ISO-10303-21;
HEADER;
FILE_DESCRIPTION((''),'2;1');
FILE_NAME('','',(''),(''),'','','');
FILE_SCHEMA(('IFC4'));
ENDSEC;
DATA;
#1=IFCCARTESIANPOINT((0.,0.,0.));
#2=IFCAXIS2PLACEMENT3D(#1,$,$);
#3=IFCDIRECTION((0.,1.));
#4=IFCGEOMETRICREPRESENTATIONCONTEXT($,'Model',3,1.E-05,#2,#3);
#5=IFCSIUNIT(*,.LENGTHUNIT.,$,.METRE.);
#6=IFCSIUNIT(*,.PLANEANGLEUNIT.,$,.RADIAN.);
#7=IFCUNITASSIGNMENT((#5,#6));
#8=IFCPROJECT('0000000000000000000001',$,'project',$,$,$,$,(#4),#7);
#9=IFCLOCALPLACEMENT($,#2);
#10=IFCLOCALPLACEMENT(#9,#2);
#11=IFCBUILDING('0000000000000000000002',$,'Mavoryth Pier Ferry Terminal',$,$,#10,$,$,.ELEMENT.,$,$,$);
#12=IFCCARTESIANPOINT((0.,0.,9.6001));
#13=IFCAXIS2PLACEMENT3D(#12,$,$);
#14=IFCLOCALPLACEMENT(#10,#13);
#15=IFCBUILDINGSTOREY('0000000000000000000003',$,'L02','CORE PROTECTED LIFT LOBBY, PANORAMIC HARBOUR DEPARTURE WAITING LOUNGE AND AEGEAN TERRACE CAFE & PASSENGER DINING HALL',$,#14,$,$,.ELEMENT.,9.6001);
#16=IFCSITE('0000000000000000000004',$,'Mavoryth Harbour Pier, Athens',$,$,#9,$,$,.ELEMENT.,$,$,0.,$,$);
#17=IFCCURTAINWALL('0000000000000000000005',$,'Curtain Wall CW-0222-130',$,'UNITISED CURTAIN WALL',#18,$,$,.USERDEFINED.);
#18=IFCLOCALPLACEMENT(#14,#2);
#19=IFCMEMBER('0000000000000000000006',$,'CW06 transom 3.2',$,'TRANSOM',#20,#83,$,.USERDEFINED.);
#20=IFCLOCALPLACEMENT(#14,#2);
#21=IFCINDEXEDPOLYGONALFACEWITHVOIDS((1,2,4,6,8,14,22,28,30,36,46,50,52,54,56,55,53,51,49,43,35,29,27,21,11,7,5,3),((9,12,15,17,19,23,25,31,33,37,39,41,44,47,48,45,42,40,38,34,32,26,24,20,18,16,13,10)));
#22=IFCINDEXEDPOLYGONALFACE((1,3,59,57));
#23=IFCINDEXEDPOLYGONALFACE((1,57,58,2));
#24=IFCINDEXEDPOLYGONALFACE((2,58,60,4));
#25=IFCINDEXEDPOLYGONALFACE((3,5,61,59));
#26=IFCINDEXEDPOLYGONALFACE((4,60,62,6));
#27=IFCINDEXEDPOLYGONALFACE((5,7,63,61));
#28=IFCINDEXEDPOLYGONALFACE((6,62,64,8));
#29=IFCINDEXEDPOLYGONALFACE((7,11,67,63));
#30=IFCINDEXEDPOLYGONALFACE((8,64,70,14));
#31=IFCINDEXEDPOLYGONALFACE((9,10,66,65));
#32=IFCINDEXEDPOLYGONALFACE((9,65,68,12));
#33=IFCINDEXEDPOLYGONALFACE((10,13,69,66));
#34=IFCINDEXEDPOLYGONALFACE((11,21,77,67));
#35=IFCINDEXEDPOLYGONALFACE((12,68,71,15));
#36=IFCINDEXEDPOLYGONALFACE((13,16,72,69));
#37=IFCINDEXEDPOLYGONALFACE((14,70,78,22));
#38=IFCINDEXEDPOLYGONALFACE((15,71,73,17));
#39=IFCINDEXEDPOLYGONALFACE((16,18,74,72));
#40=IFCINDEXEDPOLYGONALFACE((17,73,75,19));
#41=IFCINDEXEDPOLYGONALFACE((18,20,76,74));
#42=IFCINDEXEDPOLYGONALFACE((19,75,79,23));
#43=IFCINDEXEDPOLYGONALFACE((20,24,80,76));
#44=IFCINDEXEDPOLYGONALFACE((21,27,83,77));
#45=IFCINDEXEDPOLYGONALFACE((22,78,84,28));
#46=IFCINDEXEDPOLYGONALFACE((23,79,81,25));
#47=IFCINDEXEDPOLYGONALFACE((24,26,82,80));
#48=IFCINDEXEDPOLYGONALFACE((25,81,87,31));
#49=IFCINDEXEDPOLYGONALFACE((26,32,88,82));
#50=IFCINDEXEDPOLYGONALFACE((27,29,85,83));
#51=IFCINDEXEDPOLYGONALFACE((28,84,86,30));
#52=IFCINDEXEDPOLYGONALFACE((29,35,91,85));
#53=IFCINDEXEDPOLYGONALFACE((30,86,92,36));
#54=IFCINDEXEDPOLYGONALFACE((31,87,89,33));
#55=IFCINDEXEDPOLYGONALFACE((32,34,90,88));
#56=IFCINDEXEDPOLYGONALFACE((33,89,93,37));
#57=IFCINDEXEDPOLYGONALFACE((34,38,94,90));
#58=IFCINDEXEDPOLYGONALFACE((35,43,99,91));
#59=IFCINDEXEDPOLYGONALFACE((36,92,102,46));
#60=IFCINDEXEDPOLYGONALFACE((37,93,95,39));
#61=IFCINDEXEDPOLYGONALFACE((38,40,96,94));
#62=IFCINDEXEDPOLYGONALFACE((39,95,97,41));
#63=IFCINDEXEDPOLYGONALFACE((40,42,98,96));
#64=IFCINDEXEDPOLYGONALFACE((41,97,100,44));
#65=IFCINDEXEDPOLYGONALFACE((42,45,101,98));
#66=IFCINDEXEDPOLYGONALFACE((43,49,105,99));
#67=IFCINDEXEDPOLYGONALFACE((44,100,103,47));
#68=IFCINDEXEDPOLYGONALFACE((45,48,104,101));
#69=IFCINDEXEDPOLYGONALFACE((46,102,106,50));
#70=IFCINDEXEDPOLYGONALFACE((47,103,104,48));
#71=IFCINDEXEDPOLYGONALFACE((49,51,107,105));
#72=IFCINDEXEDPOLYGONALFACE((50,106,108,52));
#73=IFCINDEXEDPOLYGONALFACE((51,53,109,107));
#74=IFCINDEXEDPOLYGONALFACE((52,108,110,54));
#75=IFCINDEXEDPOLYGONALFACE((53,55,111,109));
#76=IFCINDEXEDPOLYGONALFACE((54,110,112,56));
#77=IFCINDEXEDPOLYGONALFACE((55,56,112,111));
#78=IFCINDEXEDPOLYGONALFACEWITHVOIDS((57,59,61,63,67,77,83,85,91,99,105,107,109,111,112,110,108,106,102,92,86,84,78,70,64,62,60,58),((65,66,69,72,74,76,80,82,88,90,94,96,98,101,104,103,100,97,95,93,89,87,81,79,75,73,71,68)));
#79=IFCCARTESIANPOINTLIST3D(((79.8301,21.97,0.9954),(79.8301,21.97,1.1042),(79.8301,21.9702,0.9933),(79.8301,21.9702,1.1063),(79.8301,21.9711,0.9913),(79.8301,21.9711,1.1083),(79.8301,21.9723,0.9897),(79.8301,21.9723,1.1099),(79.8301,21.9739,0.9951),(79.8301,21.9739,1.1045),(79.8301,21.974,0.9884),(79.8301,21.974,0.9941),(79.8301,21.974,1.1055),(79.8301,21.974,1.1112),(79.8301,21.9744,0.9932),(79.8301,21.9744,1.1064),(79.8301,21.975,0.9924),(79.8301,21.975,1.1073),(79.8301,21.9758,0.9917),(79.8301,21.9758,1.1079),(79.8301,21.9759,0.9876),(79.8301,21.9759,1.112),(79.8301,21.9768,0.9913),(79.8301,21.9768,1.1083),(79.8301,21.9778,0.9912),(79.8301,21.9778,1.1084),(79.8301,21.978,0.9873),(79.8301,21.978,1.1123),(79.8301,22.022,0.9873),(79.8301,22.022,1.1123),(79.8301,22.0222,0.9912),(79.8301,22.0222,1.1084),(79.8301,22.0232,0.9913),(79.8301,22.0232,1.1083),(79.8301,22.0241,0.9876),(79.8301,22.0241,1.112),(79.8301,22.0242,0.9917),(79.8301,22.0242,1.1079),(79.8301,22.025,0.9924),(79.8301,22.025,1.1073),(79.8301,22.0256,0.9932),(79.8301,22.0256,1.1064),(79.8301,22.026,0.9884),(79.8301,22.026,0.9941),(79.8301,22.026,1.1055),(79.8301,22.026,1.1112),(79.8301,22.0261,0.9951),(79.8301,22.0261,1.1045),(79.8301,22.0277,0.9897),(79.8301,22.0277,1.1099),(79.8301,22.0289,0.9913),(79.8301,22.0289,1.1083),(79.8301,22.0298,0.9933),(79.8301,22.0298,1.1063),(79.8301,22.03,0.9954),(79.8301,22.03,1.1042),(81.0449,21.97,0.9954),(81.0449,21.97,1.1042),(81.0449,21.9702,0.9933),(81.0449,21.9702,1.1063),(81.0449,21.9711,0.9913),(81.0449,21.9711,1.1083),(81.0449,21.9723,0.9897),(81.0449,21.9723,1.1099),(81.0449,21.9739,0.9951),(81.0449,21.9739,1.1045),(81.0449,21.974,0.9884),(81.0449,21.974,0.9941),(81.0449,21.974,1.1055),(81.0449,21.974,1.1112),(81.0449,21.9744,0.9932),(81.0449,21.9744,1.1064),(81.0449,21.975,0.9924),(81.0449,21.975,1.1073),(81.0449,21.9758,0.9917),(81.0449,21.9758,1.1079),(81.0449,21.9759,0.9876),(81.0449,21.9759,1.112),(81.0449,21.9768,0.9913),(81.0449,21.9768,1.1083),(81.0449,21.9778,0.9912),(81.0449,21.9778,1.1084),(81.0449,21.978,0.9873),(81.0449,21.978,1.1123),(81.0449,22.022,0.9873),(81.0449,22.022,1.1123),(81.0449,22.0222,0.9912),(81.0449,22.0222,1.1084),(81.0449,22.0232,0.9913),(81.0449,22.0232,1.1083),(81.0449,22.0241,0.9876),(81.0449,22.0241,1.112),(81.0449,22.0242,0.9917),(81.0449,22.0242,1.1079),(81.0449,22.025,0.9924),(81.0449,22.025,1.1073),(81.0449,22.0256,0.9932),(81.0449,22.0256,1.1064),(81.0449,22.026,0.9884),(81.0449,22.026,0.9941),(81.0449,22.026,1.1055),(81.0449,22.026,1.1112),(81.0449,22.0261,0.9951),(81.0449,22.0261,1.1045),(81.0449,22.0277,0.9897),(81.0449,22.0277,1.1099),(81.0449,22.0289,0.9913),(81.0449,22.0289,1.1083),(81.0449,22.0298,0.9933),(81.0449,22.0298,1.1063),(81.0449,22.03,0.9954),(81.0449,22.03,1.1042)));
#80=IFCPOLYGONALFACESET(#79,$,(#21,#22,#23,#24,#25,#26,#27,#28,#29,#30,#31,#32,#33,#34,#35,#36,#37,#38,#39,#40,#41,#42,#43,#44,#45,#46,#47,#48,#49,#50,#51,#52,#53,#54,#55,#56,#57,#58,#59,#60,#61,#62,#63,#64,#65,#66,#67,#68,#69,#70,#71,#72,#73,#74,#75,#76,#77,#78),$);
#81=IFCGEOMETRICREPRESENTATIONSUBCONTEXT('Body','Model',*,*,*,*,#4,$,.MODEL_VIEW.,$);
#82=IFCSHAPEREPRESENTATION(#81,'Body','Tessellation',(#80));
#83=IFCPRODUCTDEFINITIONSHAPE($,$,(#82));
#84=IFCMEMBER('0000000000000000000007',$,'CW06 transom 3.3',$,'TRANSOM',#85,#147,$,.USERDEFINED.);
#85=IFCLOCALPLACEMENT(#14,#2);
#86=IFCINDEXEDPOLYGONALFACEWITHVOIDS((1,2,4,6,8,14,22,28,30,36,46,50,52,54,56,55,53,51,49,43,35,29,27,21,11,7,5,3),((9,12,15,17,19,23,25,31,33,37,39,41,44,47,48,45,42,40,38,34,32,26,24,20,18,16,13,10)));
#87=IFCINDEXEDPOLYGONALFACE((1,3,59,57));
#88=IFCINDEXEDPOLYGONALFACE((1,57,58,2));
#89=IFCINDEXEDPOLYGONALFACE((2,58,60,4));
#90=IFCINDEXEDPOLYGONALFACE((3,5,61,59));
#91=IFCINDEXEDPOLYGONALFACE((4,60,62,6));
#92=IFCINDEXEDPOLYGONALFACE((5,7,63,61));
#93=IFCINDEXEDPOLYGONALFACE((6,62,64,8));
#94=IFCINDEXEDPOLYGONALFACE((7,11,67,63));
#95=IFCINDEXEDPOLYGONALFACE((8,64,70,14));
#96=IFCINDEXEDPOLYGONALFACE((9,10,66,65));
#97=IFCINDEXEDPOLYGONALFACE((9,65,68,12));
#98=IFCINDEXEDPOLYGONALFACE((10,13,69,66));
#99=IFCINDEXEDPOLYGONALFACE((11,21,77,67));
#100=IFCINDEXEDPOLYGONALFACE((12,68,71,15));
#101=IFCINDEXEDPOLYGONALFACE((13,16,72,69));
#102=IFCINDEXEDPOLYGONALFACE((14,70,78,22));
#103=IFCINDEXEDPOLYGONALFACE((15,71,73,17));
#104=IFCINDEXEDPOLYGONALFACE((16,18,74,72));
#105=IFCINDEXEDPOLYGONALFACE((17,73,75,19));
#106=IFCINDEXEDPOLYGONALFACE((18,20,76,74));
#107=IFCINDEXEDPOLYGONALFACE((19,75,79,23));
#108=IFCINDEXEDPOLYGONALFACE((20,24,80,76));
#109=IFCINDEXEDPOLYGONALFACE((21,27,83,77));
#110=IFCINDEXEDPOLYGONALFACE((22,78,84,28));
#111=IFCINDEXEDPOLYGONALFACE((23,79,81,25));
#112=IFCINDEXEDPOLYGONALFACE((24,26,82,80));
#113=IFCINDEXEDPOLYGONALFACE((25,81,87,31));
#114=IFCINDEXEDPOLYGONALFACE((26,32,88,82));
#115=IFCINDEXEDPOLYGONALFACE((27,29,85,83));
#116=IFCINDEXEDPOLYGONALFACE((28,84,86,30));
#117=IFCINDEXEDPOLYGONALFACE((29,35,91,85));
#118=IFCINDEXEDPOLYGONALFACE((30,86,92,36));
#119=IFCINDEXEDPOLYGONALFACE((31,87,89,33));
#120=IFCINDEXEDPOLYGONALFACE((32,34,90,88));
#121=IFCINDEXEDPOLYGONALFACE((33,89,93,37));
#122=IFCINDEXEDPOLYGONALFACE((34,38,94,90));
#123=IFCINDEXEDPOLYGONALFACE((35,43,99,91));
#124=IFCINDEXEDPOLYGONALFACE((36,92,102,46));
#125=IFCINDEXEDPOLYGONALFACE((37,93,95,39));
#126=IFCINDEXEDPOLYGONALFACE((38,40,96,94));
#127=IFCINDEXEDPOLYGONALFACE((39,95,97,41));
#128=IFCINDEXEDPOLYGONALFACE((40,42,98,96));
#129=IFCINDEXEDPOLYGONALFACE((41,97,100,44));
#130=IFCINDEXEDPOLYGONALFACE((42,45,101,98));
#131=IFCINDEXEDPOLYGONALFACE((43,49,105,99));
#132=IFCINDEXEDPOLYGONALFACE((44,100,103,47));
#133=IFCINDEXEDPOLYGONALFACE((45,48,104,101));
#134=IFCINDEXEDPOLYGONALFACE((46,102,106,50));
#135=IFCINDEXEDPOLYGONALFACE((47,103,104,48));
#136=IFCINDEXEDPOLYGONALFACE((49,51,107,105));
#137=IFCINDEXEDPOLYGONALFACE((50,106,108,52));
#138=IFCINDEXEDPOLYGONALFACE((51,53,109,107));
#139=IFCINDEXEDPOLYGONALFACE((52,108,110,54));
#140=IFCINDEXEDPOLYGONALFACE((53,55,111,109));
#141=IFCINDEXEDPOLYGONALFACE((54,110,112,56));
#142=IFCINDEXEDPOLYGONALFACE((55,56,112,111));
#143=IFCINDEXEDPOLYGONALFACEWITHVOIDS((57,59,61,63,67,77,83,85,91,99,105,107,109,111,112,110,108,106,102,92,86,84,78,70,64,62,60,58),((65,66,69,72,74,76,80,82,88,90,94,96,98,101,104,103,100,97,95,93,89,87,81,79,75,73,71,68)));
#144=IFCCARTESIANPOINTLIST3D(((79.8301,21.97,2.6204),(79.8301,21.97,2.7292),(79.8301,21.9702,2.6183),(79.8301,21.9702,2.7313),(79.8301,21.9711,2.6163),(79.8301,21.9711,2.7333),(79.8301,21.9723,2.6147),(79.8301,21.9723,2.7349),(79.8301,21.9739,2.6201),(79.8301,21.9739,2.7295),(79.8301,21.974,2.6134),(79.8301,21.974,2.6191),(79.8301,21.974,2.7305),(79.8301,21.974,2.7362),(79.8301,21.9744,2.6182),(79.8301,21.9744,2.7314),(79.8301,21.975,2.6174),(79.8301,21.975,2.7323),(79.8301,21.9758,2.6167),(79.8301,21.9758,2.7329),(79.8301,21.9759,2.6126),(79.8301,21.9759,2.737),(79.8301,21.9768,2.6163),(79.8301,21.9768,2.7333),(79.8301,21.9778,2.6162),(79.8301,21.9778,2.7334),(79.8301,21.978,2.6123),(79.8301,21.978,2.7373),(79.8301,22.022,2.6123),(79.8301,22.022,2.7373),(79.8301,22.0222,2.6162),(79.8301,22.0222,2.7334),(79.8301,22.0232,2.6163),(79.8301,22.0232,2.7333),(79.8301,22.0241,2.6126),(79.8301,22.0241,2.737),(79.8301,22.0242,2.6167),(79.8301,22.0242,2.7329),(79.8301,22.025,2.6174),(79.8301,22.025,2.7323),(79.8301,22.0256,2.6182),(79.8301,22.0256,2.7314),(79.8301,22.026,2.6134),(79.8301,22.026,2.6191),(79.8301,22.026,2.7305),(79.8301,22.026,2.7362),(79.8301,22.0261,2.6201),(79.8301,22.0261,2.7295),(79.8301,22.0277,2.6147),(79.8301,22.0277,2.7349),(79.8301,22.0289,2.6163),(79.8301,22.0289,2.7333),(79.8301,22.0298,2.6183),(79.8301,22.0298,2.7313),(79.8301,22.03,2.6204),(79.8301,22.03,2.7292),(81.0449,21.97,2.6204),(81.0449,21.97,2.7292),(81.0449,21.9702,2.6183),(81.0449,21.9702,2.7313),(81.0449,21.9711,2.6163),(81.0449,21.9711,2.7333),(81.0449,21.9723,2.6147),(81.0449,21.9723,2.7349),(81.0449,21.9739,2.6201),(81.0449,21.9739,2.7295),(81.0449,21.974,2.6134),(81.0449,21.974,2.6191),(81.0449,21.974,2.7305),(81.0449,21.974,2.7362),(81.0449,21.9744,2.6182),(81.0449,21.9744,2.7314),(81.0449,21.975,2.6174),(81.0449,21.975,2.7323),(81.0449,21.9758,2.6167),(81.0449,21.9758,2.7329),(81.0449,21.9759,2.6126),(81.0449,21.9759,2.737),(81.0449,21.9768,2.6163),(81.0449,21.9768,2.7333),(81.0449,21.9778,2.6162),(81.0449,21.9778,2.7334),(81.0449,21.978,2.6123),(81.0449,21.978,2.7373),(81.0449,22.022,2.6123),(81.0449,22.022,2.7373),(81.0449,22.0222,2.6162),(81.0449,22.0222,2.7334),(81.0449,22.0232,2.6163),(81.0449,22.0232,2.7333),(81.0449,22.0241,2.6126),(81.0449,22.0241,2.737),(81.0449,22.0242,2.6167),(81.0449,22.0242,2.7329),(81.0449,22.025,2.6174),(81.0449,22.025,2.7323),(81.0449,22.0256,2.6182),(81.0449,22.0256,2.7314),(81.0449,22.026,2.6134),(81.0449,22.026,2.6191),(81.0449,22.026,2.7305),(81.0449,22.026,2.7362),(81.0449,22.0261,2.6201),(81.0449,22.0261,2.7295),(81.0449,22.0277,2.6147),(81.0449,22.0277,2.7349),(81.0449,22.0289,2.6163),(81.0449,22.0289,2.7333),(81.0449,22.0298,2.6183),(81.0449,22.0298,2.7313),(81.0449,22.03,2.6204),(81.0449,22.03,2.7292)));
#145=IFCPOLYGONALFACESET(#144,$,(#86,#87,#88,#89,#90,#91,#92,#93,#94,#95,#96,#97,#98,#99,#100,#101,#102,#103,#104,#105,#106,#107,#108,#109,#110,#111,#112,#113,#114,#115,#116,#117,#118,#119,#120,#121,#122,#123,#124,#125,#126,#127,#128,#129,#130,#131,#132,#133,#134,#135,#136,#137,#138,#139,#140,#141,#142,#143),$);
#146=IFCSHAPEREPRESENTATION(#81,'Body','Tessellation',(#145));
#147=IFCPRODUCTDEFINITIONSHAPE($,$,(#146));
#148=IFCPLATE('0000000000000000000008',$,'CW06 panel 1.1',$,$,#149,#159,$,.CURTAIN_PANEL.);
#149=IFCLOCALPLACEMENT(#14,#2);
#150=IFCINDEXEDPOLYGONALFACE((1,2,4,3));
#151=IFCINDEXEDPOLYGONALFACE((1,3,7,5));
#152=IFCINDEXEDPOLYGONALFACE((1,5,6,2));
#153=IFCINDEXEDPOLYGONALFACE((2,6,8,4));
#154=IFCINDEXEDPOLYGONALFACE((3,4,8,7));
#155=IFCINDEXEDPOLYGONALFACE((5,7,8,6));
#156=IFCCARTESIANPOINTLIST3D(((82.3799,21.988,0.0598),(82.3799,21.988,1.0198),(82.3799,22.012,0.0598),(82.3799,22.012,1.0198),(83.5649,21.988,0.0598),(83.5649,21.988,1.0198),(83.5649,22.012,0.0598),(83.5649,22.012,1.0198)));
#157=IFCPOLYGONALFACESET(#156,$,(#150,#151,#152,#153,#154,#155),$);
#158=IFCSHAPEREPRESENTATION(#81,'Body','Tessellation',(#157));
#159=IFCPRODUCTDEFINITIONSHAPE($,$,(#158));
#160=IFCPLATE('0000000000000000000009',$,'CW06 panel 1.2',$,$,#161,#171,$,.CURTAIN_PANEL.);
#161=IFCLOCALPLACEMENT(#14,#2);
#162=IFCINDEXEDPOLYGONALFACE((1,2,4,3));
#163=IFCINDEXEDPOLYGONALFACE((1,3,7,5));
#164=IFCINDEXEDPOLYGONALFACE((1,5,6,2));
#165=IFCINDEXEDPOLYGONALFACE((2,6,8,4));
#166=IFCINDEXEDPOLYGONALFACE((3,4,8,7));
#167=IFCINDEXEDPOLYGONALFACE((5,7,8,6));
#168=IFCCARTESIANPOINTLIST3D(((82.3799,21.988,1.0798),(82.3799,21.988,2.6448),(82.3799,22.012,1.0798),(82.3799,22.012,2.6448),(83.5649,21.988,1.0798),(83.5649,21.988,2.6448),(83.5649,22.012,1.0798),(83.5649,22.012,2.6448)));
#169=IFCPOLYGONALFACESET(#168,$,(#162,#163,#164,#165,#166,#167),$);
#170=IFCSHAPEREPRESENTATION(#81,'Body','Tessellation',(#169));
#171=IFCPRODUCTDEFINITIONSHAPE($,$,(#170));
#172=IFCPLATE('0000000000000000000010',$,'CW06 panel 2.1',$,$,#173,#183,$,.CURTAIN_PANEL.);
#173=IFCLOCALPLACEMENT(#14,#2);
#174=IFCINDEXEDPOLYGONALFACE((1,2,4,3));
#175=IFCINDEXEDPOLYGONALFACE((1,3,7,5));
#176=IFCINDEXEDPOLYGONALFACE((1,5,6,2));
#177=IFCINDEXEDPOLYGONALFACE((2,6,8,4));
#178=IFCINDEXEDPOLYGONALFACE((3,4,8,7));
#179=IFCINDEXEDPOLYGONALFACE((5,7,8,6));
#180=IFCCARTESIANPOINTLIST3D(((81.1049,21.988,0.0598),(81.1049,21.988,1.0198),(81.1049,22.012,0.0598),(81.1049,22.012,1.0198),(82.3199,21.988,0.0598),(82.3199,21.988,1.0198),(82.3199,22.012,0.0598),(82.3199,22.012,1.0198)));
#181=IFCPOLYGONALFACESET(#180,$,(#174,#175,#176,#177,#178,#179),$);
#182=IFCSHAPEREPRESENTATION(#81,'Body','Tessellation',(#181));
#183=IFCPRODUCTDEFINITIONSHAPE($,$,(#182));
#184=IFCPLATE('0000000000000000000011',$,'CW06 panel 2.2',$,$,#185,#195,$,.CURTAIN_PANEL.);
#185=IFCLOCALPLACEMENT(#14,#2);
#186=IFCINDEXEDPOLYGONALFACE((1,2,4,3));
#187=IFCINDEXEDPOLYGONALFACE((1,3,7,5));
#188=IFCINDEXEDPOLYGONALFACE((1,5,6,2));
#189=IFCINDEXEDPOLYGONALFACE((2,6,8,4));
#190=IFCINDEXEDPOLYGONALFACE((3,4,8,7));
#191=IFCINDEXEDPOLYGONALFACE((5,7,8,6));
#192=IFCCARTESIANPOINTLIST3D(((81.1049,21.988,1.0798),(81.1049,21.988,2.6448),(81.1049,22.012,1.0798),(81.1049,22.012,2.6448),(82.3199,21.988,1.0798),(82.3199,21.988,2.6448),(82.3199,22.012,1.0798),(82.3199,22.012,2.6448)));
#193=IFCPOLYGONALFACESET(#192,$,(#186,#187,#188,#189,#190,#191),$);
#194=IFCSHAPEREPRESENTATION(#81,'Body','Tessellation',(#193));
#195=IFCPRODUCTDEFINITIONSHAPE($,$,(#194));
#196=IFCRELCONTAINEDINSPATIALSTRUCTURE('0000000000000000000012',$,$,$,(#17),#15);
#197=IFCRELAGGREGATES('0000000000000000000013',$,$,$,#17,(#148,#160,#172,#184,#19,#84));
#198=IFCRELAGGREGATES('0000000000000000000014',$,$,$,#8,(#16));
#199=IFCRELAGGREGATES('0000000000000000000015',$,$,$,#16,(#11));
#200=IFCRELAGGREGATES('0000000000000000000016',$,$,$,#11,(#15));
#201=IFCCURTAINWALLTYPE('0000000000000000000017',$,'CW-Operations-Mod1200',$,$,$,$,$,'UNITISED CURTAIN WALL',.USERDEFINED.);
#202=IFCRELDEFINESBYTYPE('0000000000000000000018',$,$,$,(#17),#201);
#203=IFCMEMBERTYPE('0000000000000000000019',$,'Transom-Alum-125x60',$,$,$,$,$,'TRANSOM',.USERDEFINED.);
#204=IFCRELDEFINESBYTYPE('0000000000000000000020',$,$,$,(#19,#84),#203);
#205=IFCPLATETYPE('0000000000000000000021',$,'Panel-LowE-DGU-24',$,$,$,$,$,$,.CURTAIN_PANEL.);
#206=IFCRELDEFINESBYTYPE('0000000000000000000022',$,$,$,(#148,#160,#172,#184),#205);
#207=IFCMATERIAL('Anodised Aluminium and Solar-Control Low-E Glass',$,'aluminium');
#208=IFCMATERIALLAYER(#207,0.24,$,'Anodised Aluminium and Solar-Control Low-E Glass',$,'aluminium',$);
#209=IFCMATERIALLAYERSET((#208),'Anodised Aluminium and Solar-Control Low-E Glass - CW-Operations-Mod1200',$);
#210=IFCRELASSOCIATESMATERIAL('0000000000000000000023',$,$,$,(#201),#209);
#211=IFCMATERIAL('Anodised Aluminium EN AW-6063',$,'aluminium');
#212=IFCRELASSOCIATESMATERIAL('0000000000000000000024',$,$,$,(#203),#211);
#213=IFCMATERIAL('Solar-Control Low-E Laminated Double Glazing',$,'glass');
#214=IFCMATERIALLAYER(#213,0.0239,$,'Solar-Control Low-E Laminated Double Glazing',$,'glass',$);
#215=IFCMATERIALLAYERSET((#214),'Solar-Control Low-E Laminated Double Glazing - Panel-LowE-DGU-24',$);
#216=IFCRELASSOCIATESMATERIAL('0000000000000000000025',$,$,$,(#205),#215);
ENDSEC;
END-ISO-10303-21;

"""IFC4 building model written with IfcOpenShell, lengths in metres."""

from ifc_helpers import new_model, si_unit, direction, frame, origin, origin_2d, place, context, subcontext, project, spatial, rectangle, hollow_rectangle, extrude, material, layer, layer_set, material_profile, profile_set, type_object, element, aggregate, save


model = new_model("IFC4")

# Units and contexts
model_context = context("Model", 3, precision=1e-05, world=origin(), true_north=direction((0.0, 1.0)))
body_context = subcontext(model_context, "Body", "Model", "MODEL_VIEW")
ifc_project = project(units=[si_unit("LENGTHUNIT", "METRE"), si_unit("PLANEANGLEUNIT", "RADIAN")], contexts=[model_context])

# Site, building, storey
site_placement = place(None, origin())
site = spatial("IfcSite", under=ifc_project, at=site_placement, Name="Mavoryth Harbour Pier, Athens", CompositionType="ELEMENT", RefElevation=0.0)
building_placement = place(site_placement, origin())
building = spatial("IfcBuilding", under=site, at=building_placement, Name="Mavoryth Pier Ferry Terminal", CompositionType="ELEMENT")
storey_placement = place(building_placement, frame((0.0, 0.0, 9.6001)))
storey = spatial("IfcBuildingStorey", under=building, at=storey_placement, Name="L02", Description="CORE PROTECTED LIFT LOBBY, PANORAMIC HARBOUR DEPARTURE WAITING LOUNGE AND AEGEAN TERRACE CAFE & PASSENGER DINING HALL", CompositionType="ELEMENT", Elevation=9.6001)

# Curtain wall, members, plates
ifc_material_1 = material(Name="Anodised Aluminium and Solar-Control Low-E Glass", Category="aluminium")
ifc_layer_1 = layer(ifc_material_1, 0.24, Name="Anodised Aluminium and Solar-Control Low-E Glass", Category="aluminium")
ifc_layer_set_1 = layer_set([ifc_layer_1], Name="Anodised Aluminium and Solar-Control Low-E Glass - CW-Operations-Mod1200")
curtain_wall_type = type_object("IfcCurtainWallType", Name="CW-Operations-Mod1200", ElementType="UNITISED CURTAIN WALL", PredefinedType="USERDEFINED", material=ifc_layer_set_1)
curtain_wall_placement = place(storey_placement, origin())
curtain_wall = element("IfcCurtainWall", 1, at=curtain_wall_placement, inside=storey, type_object=curtain_wall_type, Name="Curtain Wall CW-0222-130", ObjectType="UNITISED CURTAIN WALL", PredefinedType="USERDEFINED")
ifc_material_2 = material(Name="Anodised Aluminium EN AW-6063", Category="aluminium")
ifc_material_profile_1 = material_profile(ifc_material_2, hollow_rectangle(XDim=0.0601, YDim=0.125, WallThickness=0.0039, InnerFilletRadius=0.0039, OuterFilletRadius=0.0081, at=origin_2d()), Name="AL-TRAN 125x60x4", Category="aluminium")
ifc_profile_set_1 = profile_set([ifc_material_profile_1], Name="Anodised Aluminium EN AW-6063 - AL-TRAN 125x60x4")
member_type_1 = type_object("IfcMemberType", Name="Transom-Alum-125x60", ElementType="TRANSOM", PredefinedType="USERDEFINED", material=ifc_profile_set_1)
member_1_placement = place(storey_placement, frame((81.0449, 22.0, 1.0498), z_axis=(-1.0, 0.0, 0.0), x_axis=(0.0, -1.0, 0.0)))
member_1 = element("IfcMember", 2, at=member_1_placement, type_object=member_type_1, Name="CW06 transom 3.2", ObjectType="TRANSOM", PredefinedType="USERDEFINED", context=body_context, shape_type="SweptSolid", body=[
    extrude(hollow_rectangle(XDim=0.0601, YDim=0.125, WallThickness=0.0039, InnerFilletRadius=0.0039, OuterFilletRadius=0.0081, at=origin_2d()), origin(), (0.0, 0.0, 1.0), 1.2148),
])
member_2_placement = place(storey_placement, frame((81.0449, 22.0, 2.6748), z_axis=(-1.0, 0.0, 0.0), x_axis=(0.0, -1.0, 0.0)))
member_2 = element("IfcMember", 3, at=member_2_placement, type_object=member_type_1, Name="CW06 transom 3.3", ObjectType="TRANSOM", PredefinedType="USERDEFINED", context=body_context, shape_type="SweptSolid", body=[
    extrude(hollow_rectangle(XDim=0.0601, YDim=0.125, WallThickness=0.0039, InnerFilletRadius=0.0039, OuterFilletRadius=0.0081, at=origin_2d()), origin(), (0.0, 0.0, 1.0), 1.2148),
])
ifc_material_3 = material(Name="Solar-Control Low-E Laminated Double Glazing", Category="glass")
ifc_layer_2 = layer(ifc_material_3, 0.0239, Name="Solar-Control Low-E Laminated Double Glazing", Category="glass")
ifc_layer_set_2 = layer_set([ifc_layer_2], Name="Solar-Control Low-E Laminated Double Glazing - Panel-LowE-DGU-24")
plate_type = type_object("IfcPlateType", Name="Panel-LowE-DGU-24", PredefinedType="CURTAIN_PANEL", material=ifc_layer_set_2)
plate_1_placement = place(storey_placement, frame((82.9724, 22.0, 0.0598), z_axis=(0.0, 0.0, 1.0), x_axis=(-1.0, 0.0, 0.0)))
plate_1 = element("IfcPlate", 4, at=plate_1_placement, type_object=plate_type, Name="CW06 panel 1.1", PredefinedType="CURTAIN_PANEL", context=body_context, shape_type="SweptSolid", body=[
    extrude(rectangle(XDim=1.1851, YDim=0.0239, at=origin_2d()), origin(), (0.0, 0.0, 1.0), 0.96),
])
plate_2_placement = place(storey_placement, frame((82.9724, 22.0, 1.0798), z_axis=(0.0, 0.0, 1.0), x_axis=(-1.0, 0.0, 0.0)))
plate_2 = element("IfcPlate", 5, at=plate_2_placement, type_object=plate_type, Name="CW06 panel 1.2", PredefinedType="CURTAIN_PANEL", context=body_context, shape_type="SweptSolid", body=[
    extrude(rectangle(XDim=1.1851, YDim=0.0239, at=origin_2d()), origin(), (0.0, 0.0, 1.0), 1.5649),
])
plate_3_placement = place(storey_placement, frame((81.7124, 22.0, 0.0598), z_axis=(0.0, 0.0, 1.0), x_axis=(-1.0, 0.0, 0.0)))
plate_3 = element("IfcPlate", 6, at=plate_3_placement, type_object=plate_type, Name="CW06 panel 2.1", PredefinedType="CURTAIN_PANEL", context=body_context, shape_type="SweptSolid", body=[
    extrude(rectangle(XDim=1.2151, YDim=0.0239, at=origin_2d()), origin(), (0.0, 0.0, 1.0), 0.96),
])
plate_4_placement = place(storey_placement, frame((81.7124, 22.0, 1.0798), z_axis=(0.0, 0.0, 1.0), x_axis=(-1.0, 0.0, 0.0)))
plate_4 = element("IfcPlate", 7, at=plate_4_placement, type_object=plate_type, Name="CW06 panel 2.2", PredefinedType="CURTAIN_PANEL", context=body_context, shape_type="SweptSolid", body=[
    extrude(rectangle(XDim=1.2151, YDim=0.0239, at=origin_2d()), origin(), (0.0, 0.0, 1.0), 1.5649),
])
aggregate(curtain_wall, [plate_1, plate_2, plate_3, plate_4, member_1, member_2])

save(model, "model.ifc")
